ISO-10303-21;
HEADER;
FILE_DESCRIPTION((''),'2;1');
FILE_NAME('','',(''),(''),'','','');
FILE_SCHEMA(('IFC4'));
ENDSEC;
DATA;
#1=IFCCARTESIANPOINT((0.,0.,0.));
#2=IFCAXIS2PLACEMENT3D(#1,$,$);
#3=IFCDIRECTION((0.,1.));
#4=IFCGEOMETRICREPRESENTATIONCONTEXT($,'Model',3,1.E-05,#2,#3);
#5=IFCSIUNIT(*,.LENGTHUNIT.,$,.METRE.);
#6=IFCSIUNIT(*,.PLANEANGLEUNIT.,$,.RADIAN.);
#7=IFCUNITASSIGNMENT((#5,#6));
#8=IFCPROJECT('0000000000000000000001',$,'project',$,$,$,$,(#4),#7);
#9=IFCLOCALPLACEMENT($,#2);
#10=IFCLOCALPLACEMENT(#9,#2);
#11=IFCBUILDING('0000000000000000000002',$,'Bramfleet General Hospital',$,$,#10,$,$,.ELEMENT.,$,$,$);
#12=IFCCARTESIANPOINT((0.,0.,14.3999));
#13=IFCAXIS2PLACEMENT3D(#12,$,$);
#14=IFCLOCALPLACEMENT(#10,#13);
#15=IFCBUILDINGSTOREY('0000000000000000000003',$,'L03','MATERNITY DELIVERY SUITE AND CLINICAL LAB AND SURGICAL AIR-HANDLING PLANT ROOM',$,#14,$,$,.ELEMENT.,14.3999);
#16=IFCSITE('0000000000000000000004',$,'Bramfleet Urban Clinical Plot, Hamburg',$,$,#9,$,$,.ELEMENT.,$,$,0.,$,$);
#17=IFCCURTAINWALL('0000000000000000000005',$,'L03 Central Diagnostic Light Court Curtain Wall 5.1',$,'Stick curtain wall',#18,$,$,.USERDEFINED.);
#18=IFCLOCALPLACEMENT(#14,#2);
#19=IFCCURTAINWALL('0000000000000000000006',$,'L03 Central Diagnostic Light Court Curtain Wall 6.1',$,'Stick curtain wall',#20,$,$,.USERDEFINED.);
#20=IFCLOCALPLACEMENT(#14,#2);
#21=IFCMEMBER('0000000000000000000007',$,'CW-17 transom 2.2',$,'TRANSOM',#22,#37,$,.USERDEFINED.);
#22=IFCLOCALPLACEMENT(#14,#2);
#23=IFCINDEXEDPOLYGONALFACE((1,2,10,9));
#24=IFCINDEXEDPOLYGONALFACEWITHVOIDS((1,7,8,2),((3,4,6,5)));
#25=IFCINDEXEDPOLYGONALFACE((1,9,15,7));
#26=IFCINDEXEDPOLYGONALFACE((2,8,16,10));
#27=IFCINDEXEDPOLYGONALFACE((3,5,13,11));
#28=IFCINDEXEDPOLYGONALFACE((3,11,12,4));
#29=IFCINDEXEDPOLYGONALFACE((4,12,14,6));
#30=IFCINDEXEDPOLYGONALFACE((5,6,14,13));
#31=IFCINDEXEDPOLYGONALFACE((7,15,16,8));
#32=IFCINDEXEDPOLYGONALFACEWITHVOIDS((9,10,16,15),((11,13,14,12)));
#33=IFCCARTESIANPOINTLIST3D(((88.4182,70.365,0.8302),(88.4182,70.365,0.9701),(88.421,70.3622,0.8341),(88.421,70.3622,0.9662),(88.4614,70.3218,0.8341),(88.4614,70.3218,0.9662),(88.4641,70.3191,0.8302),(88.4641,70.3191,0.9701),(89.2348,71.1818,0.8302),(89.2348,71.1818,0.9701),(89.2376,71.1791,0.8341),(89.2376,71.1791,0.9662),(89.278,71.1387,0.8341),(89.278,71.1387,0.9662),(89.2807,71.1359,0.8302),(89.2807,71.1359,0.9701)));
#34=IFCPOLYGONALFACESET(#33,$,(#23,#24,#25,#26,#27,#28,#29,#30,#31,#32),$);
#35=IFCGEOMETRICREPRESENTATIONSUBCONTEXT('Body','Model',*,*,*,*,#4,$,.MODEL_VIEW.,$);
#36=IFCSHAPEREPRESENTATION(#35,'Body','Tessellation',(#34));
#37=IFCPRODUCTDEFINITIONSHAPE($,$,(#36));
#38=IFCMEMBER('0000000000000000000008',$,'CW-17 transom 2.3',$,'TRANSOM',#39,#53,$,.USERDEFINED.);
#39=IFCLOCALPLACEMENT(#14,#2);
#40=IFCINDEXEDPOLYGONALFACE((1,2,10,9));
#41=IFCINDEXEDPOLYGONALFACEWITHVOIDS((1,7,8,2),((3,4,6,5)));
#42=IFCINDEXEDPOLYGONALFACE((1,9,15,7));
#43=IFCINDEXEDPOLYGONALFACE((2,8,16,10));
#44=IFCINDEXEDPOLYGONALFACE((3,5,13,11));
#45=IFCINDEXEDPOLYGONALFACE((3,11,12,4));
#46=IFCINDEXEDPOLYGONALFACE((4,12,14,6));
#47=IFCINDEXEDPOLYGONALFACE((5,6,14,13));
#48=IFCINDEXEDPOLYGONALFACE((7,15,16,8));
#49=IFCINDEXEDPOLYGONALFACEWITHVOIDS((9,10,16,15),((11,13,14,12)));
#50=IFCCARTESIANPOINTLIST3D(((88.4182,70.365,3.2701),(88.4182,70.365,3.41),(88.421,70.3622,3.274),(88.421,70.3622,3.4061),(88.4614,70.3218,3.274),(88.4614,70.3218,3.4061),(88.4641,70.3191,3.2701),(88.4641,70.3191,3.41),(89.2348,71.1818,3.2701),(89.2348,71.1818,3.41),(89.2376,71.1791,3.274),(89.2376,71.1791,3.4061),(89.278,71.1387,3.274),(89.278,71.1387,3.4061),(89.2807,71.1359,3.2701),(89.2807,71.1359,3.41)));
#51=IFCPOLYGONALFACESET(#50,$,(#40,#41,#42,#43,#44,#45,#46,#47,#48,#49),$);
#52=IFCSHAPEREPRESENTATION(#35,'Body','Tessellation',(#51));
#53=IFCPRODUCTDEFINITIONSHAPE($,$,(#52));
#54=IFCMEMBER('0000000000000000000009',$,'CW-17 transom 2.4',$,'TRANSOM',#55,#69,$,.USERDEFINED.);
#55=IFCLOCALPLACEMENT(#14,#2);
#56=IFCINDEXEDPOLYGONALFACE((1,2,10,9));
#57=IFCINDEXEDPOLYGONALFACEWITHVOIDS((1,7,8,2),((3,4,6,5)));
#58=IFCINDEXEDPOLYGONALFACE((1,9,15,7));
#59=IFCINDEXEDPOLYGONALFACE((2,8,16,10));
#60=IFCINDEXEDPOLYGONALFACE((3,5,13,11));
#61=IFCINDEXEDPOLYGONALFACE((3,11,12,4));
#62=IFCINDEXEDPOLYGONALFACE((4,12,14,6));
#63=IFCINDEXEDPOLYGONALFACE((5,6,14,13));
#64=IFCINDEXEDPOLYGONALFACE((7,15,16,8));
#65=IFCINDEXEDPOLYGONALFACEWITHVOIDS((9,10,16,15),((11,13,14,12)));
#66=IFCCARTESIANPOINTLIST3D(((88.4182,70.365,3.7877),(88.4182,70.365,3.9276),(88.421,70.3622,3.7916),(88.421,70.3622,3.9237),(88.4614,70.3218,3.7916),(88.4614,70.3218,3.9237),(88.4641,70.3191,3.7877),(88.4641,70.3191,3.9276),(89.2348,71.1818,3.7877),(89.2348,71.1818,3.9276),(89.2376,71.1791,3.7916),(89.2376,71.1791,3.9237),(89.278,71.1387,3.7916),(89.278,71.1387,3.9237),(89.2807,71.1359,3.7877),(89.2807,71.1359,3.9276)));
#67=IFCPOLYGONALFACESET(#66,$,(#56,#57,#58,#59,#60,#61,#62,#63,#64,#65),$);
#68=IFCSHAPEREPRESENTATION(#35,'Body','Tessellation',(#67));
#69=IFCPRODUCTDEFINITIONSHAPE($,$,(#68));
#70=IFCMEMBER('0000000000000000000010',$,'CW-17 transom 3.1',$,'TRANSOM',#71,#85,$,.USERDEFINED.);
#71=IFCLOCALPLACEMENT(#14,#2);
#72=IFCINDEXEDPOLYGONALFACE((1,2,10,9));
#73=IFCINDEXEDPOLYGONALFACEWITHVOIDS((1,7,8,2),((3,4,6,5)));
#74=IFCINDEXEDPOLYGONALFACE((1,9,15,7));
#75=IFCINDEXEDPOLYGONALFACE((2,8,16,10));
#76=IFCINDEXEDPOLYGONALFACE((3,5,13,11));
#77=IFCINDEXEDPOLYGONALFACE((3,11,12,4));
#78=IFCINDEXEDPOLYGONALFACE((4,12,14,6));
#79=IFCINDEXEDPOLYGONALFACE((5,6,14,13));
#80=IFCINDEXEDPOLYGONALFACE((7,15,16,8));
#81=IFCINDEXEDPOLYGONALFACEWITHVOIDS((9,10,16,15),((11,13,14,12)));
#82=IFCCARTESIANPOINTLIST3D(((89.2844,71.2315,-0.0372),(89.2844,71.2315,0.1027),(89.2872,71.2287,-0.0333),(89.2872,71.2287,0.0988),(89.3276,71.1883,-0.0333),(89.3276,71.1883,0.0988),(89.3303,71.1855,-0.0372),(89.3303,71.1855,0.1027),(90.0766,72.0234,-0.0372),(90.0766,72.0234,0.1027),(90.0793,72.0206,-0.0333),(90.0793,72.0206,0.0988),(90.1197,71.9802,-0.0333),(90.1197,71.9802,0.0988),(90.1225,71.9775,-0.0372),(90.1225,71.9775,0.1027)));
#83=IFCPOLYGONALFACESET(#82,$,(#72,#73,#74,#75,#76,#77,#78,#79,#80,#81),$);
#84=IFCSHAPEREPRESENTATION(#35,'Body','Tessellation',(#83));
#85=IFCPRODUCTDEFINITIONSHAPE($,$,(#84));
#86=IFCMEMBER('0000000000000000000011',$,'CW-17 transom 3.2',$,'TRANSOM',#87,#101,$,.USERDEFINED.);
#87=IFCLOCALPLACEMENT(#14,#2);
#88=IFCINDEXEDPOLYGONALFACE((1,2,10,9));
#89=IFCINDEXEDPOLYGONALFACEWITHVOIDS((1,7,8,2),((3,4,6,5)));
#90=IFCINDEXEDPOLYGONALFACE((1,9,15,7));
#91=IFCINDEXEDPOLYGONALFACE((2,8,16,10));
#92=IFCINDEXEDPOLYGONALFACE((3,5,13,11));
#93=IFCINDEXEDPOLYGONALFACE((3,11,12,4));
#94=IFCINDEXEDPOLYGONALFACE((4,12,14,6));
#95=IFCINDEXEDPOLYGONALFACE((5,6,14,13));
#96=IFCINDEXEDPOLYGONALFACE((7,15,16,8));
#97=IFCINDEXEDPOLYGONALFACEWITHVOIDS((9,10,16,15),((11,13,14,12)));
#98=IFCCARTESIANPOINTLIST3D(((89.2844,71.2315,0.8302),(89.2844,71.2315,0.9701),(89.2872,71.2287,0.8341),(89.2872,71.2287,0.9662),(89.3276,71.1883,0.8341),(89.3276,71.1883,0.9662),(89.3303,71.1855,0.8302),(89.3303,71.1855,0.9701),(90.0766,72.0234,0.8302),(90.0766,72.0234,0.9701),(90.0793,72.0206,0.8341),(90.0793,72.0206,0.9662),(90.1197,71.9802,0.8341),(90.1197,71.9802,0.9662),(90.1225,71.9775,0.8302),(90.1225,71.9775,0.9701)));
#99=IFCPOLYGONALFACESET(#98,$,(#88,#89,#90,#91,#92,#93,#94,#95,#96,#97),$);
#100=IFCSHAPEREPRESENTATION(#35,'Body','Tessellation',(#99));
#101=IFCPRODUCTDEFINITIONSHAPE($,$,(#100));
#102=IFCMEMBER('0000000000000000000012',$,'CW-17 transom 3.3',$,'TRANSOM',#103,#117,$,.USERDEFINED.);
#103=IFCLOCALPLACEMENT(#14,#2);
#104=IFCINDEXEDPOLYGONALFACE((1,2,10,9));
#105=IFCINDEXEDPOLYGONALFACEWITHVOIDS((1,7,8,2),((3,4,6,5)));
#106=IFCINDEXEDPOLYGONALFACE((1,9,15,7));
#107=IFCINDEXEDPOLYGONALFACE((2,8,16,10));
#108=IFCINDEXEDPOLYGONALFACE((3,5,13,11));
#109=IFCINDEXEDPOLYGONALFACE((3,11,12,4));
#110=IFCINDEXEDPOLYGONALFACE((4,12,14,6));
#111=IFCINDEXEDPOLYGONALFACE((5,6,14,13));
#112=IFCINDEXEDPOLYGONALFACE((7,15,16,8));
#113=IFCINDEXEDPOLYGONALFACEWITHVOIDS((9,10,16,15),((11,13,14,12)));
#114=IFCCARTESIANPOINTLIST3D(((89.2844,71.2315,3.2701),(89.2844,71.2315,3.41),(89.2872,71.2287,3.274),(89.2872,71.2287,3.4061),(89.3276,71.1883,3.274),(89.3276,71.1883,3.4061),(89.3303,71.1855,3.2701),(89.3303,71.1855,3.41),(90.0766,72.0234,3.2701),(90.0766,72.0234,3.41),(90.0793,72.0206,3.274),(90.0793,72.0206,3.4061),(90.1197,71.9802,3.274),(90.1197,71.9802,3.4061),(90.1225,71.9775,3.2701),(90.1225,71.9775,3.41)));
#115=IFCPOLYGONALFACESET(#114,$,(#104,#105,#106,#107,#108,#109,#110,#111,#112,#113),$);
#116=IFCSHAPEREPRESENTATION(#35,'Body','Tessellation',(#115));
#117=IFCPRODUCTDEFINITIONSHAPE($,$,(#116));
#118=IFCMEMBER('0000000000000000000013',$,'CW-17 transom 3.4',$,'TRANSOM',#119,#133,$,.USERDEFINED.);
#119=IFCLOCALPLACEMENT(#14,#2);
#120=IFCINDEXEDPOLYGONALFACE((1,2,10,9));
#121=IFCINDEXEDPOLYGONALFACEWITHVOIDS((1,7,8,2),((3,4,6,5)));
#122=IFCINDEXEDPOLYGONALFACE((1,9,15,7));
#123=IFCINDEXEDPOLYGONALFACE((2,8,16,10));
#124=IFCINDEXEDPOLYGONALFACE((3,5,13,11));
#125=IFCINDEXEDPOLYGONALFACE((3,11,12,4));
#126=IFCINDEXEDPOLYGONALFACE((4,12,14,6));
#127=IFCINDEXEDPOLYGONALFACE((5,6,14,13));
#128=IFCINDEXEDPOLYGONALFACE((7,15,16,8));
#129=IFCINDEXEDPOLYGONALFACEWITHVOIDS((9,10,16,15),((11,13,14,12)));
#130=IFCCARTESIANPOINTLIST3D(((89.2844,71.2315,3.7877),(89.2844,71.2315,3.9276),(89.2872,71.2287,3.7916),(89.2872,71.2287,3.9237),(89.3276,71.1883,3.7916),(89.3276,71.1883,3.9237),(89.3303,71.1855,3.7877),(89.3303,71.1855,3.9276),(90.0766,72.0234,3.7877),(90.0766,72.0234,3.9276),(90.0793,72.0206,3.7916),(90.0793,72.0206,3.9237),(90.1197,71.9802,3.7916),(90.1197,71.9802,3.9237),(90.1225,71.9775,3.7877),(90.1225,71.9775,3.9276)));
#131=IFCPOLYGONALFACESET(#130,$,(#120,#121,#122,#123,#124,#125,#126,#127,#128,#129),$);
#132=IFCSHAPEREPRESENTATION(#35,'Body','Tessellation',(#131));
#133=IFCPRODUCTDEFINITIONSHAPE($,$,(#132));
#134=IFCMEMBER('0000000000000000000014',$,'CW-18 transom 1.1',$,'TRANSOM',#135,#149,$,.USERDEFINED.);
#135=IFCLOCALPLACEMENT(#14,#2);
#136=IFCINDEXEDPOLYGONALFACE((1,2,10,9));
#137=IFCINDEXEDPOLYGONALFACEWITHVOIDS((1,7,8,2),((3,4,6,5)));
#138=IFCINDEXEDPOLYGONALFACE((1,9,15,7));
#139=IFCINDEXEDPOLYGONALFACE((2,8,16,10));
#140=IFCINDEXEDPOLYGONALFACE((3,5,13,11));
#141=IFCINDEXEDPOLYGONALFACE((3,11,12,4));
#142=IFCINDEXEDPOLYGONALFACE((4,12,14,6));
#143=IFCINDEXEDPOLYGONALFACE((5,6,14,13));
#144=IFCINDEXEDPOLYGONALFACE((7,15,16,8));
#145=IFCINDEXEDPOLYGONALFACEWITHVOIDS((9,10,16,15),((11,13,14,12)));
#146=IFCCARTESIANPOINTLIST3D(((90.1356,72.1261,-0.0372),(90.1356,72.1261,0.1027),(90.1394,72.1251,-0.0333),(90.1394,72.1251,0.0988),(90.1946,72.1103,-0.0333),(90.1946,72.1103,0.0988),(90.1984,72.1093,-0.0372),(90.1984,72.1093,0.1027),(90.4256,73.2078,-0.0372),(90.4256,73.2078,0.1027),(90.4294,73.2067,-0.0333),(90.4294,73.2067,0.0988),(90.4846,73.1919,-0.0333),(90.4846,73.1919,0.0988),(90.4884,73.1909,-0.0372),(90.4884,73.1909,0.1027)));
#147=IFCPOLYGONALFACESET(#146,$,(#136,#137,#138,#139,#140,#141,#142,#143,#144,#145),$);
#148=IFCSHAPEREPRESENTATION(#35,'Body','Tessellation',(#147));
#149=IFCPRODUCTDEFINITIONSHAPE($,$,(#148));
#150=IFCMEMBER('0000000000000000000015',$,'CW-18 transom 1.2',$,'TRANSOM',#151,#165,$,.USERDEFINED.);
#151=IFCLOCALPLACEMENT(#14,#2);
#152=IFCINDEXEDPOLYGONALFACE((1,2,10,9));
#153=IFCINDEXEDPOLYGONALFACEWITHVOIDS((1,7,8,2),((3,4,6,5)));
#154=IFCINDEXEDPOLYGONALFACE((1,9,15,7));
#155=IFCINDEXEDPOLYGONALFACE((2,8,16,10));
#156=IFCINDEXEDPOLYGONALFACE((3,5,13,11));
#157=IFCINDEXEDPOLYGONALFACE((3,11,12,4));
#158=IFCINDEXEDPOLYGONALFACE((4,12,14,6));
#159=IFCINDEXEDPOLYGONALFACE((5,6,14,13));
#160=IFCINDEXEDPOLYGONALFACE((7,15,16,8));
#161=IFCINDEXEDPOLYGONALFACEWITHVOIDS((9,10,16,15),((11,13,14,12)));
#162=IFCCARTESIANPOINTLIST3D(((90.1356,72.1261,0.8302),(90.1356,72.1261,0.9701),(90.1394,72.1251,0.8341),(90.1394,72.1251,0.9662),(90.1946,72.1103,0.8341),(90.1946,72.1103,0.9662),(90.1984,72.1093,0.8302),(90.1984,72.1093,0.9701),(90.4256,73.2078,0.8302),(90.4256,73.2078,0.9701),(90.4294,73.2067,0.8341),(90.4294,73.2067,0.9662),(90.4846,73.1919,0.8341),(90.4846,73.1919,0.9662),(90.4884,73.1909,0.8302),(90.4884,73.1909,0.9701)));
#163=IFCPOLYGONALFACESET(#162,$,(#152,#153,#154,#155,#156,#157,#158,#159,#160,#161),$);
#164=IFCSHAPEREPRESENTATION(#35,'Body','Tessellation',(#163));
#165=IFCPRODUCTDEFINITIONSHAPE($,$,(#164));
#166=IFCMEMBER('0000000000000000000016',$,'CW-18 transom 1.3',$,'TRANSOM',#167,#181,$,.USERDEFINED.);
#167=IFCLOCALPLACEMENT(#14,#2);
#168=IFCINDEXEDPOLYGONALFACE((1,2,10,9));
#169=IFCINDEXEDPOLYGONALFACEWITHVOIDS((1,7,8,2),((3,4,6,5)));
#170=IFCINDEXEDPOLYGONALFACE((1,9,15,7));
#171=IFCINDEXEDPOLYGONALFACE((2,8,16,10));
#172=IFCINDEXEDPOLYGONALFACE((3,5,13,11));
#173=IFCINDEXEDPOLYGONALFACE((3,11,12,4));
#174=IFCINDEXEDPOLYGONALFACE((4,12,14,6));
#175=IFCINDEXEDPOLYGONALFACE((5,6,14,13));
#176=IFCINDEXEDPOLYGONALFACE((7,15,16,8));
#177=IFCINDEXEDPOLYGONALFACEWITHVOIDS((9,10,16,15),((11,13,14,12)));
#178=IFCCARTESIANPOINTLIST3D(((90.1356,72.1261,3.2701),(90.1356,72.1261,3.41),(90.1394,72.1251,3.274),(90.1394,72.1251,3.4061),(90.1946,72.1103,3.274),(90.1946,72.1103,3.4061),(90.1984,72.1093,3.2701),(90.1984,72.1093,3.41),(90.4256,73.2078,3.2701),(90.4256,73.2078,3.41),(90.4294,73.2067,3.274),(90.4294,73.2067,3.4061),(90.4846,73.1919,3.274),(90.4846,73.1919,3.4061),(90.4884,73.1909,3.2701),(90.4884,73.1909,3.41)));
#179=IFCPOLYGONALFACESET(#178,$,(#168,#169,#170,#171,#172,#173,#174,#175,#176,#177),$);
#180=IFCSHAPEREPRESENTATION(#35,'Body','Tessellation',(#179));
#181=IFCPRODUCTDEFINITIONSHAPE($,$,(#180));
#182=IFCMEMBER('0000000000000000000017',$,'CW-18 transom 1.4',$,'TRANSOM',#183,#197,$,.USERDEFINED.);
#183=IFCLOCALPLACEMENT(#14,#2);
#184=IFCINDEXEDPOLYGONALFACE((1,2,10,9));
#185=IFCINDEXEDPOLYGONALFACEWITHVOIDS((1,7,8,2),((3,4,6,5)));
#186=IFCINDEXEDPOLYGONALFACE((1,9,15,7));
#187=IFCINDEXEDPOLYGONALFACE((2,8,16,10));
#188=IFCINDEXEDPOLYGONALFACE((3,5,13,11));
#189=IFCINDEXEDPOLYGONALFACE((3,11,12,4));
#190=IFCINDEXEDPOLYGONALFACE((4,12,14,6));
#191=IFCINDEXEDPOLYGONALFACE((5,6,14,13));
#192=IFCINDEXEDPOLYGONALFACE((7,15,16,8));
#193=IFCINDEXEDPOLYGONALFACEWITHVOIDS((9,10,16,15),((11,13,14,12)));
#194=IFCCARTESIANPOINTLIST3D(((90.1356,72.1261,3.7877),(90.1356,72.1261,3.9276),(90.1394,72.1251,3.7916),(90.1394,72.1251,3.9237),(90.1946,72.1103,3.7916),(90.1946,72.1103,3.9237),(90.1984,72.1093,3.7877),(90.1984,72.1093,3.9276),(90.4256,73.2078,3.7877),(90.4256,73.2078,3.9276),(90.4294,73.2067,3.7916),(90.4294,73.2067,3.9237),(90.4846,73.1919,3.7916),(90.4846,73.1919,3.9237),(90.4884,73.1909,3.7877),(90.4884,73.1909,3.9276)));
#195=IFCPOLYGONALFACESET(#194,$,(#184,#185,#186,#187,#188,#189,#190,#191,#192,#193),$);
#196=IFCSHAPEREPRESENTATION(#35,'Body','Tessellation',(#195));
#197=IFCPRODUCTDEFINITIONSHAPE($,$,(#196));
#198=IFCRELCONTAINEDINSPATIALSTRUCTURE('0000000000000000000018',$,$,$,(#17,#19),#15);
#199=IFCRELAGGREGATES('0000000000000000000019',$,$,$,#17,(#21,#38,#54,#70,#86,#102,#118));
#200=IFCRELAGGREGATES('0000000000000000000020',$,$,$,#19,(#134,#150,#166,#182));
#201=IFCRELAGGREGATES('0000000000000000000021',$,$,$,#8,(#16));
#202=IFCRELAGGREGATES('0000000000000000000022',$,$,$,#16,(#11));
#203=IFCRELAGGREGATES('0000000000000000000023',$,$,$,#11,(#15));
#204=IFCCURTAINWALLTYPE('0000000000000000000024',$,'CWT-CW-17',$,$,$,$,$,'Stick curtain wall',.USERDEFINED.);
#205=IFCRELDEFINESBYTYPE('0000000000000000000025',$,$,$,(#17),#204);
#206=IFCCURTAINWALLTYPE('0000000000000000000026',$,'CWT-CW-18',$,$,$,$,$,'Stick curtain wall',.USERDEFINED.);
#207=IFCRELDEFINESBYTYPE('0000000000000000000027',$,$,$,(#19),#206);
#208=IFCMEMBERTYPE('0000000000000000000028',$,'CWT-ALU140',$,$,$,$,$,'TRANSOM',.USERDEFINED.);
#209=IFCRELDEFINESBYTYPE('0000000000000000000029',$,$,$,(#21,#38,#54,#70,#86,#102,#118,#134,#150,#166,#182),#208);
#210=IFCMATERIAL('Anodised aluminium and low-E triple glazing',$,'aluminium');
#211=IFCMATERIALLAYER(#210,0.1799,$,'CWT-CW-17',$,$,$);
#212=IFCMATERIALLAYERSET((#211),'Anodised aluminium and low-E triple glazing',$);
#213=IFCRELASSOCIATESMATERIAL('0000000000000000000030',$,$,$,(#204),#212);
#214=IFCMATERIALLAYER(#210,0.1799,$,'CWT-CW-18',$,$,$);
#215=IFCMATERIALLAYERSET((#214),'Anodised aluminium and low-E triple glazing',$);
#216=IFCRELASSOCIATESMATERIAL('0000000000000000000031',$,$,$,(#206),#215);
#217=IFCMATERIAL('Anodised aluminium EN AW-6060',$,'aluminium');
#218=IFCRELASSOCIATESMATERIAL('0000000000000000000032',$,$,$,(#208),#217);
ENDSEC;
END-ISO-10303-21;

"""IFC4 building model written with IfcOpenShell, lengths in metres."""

from ifc_helpers import new_model, si_unit, direction, frame, origin, origin_2d, place, context, subcontext, project, spatial, hollow_rectangle, extrude, material, layer, layer_set, material_profile, profile_set, type_object, element, aggregate, save


model = new_model("IFC4")

# Units and contexts
model_context = context("Model", 3, precision=1e-05, world=origin(), true_north=direction((0.0, 1.0)))
body_context = subcontext(model_context, "Body", "Model", "MODEL_VIEW")
ifc_project = project(units=[si_unit("LENGTHUNIT", "METRE"), si_unit("PLANEANGLEUNIT", "RADIAN")], contexts=[model_context])

# Site, building, storey
site_placement = place(None, origin())
site = spatial("IfcSite", under=ifc_project, at=site_placement, Name="Bramfleet Urban Clinical Plot, Hamburg", CompositionType="ELEMENT", RefElevation=0.0)
building_placement = place(site_placement, origin())
building = spatial("IfcBuilding", under=site, at=building_placement, Name="Bramfleet General Hospital", CompositionType="ELEMENT")
storey_placement = place(building_placement, frame((0.0, 0.0, 14.3999)))
storey = spatial("IfcBuildingStorey", under=building, at=storey_placement, Name="L03", Description="MATERNITY DELIVERY SUITE AND CLINICAL LAB AND SURGICAL AIR-HANDLING PLANT ROOM", CompositionType="ELEMENT", Elevation=14.3999)

# Shared definitions
ifc_material_1 = material(Name="Anodised aluminium and low-E triple glazing", Category="aluminium")
ifc_material_2 = material(Name="Anodised aluminium EN AW-6060", Category="aluminium")

# Curtain wall
ifc_layer_1 = layer(ifc_material_1, 0.1799, Name="CWT-CW-17")
ifc_layer_set_1 = layer_set([ifc_layer_1], Name="Anodised aluminium and low-E triple glazing")
curtain_wall_type_1 = type_object("IfcCurtainWallType", Name="CWT-CW-17", ElementType="Stick curtain wall", PredefinedType="USERDEFINED", material=ifc_layer_set_1)
curtain_wall_1_placement = place(storey_placement, origin())
curtain_wall_1 = element("IfcCurtainWall", 1, at=curtain_wall_1_placement, inside=storey, type_object=curtain_wall_type_1, Name="L03 Central Diagnostic Light Court Curtain Wall 5.1", ObjectType="Stick curtain wall", PredefinedType="USERDEFINED")

# Curtain wall
ifc_layer_2 = layer(ifc_material_1, 0.1799, Name="CWT-CW-18")
ifc_layer_set_2 = layer_set([ifc_layer_2], Name="Anodised aluminium and low-E triple glazing")
curtain_wall_type_2 = type_object("IfcCurtainWallType", Name="CWT-CW-18", ElementType="Stick curtain wall", PredefinedType="USERDEFINED", material=ifc_layer_set_2)
curtain_wall_2_placement = place(storey_placement, origin())
curtain_wall_2 = element("IfcCurtainWall", 2, at=curtain_wall_2_placement, inside=storey, type_object=curtain_wall_type_2, Name="L03 Central Diagnostic Light Court Curtain Wall 6.1", ObjectType="Stick curtain wall", PredefinedType="USERDEFINED")

# Members
ifc_material_profile_1 = material_profile(ifc_material_2, hollow_rectangle(XDim=0.0649, YDim=0.1399, WallThickness=0.0039, at=origin_2d()), Name="ALU 140x65x4.0")
ifc_profile_set_1 = profile_set([ifc_material_profile_1], Name="Anodised aluminium EN AW-6060")
member_type_1 = type_object("IfcMemberType", Name="CWT-ALU140", ElementType="TRANSOM", PredefinedType="USERDEFINED", material=ifc_profile_set_1)
member_1_placement = place(storey_placement, frame((88.4412, 70.342, 0.9001), z_axis=(0.707001, 0.707212, 0.0), x_axis=(-0.707212, 0.707001, 0.0)))
member_1 = element("IfcMember", 3, at=member_1_placement, type_object=member_type_1, Name="CW-17 transom 2.2", ObjectType="TRANSOM", PredefinedType="USERDEFINED", context=body_context, shape_type="SweptSolid", body=[
    extrude(hollow_rectangle(XDim=0.0649, YDim=0.1399, WallThickness=0.0039, at=origin_2d()), origin(), (0.0, 0.0, 1.0), 1.155),
])
member_2_placement = place(storey_placement, frame((88.4412, 70.342, 3.3401), z_axis=(0.707001, 0.707212, 0.0), x_axis=(-0.707212, 0.707001, 0.0)))
member_2 = element("IfcMember", 4, at=member_2_placement, type_object=member_type_1, Name="CW-17 transom 2.3", ObjectType="TRANSOM", PredefinedType="USERDEFINED", context=body_context, shape_type="SweptSolid", body=[
    extrude(hollow_rectangle(XDim=0.0649, YDim=0.1399, WallThickness=0.0039, at=origin_2d()), origin(), (0.0, 0.0, 1.0), 1.155),
])
member_3_placement = place(storey_placement, frame((88.4412, 70.342, 3.8577), z_axis=(0.707001, 0.707212, 0.0), x_axis=(-0.707212, 0.707001, 0.0)))
member_3 = element("IfcMember", 5, at=member_3_placement, type_object=member_type_1, Name="CW-17 transom 2.4", ObjectType="TRANSOM", PredefinedType="USERDEFINED", context=body_context, shape_type="SweptSolid", body=[
    extrude(hollow_rectangle(XDim=0.0649, YDim=0.1399, WallThickness=0.0039, at=origin_2d()), origin(), (0.0, 0.0, 1.0), 1.155),
])
member_4_placement = place(storey_placement, frame((89.3074, 71.2085, 0.0327), z_axis=(0.707216, 0.706998, 0.0), x_axis=(-0.706998, 0.707216, 0.0)))
member_4 = element("IfcMember", 6, at=member_4_placement, type_object=member_type_1, Name="CW-17 transom 3.1", ObjectType="TRANSOM", PredefinedType="USERDEFINED", context=body_context, shape_type="SweptSolid", body=[
    extrude(hollow_rectangle(XDim=0.0649, YDim=0.1399, WallThickness=0.0039, at=origin_2d()), origin(), (0.0, 0.0, 1.0), 1.1201),
])
member_5_placement = place(storey_placement, frame((89.3074, 71.2085, 0.9001), z_axis=(0.707216, 0.706998, 0.0), x_axis=(-0.706998, 0.707216, 0.0)))
member_5 = element("IfcMember", 7, at=member_5_placement, type_object=member_type_1, Name="CW-17 transom 3.2", ObjectType="TRANSOM", PredefinedType="USERDEFINED", context=body_context, shape_type="SweptSolid", body=[
    extrude(hollow_rectangle(XDim=0.0649, YDim=0.1399, WallThickness=0.0039, at=origin_2d()), origin(), (0.0, 0.0, 1.0), 1.1201),
])
member_6_placement = place(storey_placement, frame((89.3074, 71.2085, 3.3401), z_axis=(0.707216, 0.706998, 0.0), x_axis=(-0.706998, 0.707216, 0.0)))
member_6 = element("IfcMember", 8, at=member_6_placement, type_object=member_type_1, Name="CW-17 transom 3.3", ObjectType="TRANSOM", PredefinedType="USERDEFINED", context=body_context, shape_type="SweptSolid", body=[
    extrude(hollow_rectangle(XDim=0.0649, YDim=0.1399, WallThickness=0.0039, at=origin_2d()), origin(), (0.0, 0.0, 1.0), 1.1201),
])
member_7_placement = place(storey_placement, frame((89.3074, 71.2085, 3.8577), z_axis=(0.707216, 0.706998, 0.0), x_axis=(-0.706998, 0.707216, 0.0)))
member_7 = element("IfcMember", 9, at=member_7_placement, type_object=member_type_1, Name="CW-17 transom 3.4", ObjectType="TRANSOM", PredefinedType="USERDEFINED", context=body_context, shape_type="SweptSolid", body=[
    extrude(hollow_rectangle(XDim=0.0649, YDim=0.1399, WallThickness=0.0039, at=origin_2d()), origin(), (0.0, 0.0, 1.0), 1.1201),
])
member_8_placement = place(storey_placement, frame((90.167, 72.1177, 0.0327), z_axis=(0.258965, 0.965887, 0.0), x_axis=(-0.965887, 0.258965, 0.0)))
member_8 = element("IfcMember", 10, at=member_8_placement, type_object=member_type_1, Name="CW-18 transom 1.1", ObjectType="TRANSOM", PredefinedType="USERDEFINED", context=body_context, shape_type="SweptSolid", body=[
    extrude(hollow_rectangle(XDim=0.0649, YDim=0.1399, WallThickness=0.0039, at=origin_2d()), origin(), (0.0, 0.0, 1.0), 1.1199),
])
member_9_placement = place(storey_placement, frame((90.167, 72.1177, 0.9001), z_axis=(0.258965, 0.965887, 0.0), x_axis=(-0.965887, 0.258965, 0.0)))
member_9 = element("IfcMember", 11, at=member_9_placement, type_object=member_type_1, Name="CW-18 transom 1.2", ObjectType="TRANSOM", PredefinedType="USERDEFINED", context=body_context, shape_type="SweptSolid", body=[
    extrude(hollow_rectangle(XDim=0.0649, YDim=0.1399, WallThickness=0.0039, at=origin_2d()), origin(), (0.0, 0.0, 1.0), 1.1199),
])
member_10_placement = place(storey_placement, frame((90.167, 72.1177, 3.3401), z_axis=(0.258965, 0.965887, 0.0), x_axis=(-0.965887, 0.258965, 0.0)))
member_10 = element("IfcMember", 12, at=member_10_placement, type_object=member_type_1, Name="CW-18 transom 1.3", ObjectType="TRANSOM", PredefinedType="USERDEFINED", context=body_context, shape_type="SweptSolid", body=[
    extrude(hollow_rectangle(XDim=0.0649, YDim=0.1399, WallThickness=0.0039, at=origin_2d()), origin(), (0.0, 0.0, 1.0), 1.1199),
])
member_11_placement = place(storey_placement, frame((90.167, 72.1177, 3.8577), z_axis=(0.258965, 0.965887, 0.0), x_axis=(-0.965887, 0.258965, 0.0)))
member_11 = element("IfcMember", 13, at=member_11_placement, type_object=member_type_1, Name="CW-18 transom 1.4", ObjectType="TRANSOM", PredefinedType="USERDEFINED", context=body_context, shape_type="SweptSolid", body=[
    extrude(hollow_rectangle(XDim=0.0649, YDim=0.1399, WallThickness=0.0039, at=origin_2d()), origin(), (0.0, 0.0, 1.0), 1.1199),
])

aggregate(curtain_wall_1, [member_1, member_2, member_3, member_4, member_5, member_6, member_7])
aggregate(curtain_wall_2, [member_8, member_9, member_10, member_11])

save(model, "model.ifc")
